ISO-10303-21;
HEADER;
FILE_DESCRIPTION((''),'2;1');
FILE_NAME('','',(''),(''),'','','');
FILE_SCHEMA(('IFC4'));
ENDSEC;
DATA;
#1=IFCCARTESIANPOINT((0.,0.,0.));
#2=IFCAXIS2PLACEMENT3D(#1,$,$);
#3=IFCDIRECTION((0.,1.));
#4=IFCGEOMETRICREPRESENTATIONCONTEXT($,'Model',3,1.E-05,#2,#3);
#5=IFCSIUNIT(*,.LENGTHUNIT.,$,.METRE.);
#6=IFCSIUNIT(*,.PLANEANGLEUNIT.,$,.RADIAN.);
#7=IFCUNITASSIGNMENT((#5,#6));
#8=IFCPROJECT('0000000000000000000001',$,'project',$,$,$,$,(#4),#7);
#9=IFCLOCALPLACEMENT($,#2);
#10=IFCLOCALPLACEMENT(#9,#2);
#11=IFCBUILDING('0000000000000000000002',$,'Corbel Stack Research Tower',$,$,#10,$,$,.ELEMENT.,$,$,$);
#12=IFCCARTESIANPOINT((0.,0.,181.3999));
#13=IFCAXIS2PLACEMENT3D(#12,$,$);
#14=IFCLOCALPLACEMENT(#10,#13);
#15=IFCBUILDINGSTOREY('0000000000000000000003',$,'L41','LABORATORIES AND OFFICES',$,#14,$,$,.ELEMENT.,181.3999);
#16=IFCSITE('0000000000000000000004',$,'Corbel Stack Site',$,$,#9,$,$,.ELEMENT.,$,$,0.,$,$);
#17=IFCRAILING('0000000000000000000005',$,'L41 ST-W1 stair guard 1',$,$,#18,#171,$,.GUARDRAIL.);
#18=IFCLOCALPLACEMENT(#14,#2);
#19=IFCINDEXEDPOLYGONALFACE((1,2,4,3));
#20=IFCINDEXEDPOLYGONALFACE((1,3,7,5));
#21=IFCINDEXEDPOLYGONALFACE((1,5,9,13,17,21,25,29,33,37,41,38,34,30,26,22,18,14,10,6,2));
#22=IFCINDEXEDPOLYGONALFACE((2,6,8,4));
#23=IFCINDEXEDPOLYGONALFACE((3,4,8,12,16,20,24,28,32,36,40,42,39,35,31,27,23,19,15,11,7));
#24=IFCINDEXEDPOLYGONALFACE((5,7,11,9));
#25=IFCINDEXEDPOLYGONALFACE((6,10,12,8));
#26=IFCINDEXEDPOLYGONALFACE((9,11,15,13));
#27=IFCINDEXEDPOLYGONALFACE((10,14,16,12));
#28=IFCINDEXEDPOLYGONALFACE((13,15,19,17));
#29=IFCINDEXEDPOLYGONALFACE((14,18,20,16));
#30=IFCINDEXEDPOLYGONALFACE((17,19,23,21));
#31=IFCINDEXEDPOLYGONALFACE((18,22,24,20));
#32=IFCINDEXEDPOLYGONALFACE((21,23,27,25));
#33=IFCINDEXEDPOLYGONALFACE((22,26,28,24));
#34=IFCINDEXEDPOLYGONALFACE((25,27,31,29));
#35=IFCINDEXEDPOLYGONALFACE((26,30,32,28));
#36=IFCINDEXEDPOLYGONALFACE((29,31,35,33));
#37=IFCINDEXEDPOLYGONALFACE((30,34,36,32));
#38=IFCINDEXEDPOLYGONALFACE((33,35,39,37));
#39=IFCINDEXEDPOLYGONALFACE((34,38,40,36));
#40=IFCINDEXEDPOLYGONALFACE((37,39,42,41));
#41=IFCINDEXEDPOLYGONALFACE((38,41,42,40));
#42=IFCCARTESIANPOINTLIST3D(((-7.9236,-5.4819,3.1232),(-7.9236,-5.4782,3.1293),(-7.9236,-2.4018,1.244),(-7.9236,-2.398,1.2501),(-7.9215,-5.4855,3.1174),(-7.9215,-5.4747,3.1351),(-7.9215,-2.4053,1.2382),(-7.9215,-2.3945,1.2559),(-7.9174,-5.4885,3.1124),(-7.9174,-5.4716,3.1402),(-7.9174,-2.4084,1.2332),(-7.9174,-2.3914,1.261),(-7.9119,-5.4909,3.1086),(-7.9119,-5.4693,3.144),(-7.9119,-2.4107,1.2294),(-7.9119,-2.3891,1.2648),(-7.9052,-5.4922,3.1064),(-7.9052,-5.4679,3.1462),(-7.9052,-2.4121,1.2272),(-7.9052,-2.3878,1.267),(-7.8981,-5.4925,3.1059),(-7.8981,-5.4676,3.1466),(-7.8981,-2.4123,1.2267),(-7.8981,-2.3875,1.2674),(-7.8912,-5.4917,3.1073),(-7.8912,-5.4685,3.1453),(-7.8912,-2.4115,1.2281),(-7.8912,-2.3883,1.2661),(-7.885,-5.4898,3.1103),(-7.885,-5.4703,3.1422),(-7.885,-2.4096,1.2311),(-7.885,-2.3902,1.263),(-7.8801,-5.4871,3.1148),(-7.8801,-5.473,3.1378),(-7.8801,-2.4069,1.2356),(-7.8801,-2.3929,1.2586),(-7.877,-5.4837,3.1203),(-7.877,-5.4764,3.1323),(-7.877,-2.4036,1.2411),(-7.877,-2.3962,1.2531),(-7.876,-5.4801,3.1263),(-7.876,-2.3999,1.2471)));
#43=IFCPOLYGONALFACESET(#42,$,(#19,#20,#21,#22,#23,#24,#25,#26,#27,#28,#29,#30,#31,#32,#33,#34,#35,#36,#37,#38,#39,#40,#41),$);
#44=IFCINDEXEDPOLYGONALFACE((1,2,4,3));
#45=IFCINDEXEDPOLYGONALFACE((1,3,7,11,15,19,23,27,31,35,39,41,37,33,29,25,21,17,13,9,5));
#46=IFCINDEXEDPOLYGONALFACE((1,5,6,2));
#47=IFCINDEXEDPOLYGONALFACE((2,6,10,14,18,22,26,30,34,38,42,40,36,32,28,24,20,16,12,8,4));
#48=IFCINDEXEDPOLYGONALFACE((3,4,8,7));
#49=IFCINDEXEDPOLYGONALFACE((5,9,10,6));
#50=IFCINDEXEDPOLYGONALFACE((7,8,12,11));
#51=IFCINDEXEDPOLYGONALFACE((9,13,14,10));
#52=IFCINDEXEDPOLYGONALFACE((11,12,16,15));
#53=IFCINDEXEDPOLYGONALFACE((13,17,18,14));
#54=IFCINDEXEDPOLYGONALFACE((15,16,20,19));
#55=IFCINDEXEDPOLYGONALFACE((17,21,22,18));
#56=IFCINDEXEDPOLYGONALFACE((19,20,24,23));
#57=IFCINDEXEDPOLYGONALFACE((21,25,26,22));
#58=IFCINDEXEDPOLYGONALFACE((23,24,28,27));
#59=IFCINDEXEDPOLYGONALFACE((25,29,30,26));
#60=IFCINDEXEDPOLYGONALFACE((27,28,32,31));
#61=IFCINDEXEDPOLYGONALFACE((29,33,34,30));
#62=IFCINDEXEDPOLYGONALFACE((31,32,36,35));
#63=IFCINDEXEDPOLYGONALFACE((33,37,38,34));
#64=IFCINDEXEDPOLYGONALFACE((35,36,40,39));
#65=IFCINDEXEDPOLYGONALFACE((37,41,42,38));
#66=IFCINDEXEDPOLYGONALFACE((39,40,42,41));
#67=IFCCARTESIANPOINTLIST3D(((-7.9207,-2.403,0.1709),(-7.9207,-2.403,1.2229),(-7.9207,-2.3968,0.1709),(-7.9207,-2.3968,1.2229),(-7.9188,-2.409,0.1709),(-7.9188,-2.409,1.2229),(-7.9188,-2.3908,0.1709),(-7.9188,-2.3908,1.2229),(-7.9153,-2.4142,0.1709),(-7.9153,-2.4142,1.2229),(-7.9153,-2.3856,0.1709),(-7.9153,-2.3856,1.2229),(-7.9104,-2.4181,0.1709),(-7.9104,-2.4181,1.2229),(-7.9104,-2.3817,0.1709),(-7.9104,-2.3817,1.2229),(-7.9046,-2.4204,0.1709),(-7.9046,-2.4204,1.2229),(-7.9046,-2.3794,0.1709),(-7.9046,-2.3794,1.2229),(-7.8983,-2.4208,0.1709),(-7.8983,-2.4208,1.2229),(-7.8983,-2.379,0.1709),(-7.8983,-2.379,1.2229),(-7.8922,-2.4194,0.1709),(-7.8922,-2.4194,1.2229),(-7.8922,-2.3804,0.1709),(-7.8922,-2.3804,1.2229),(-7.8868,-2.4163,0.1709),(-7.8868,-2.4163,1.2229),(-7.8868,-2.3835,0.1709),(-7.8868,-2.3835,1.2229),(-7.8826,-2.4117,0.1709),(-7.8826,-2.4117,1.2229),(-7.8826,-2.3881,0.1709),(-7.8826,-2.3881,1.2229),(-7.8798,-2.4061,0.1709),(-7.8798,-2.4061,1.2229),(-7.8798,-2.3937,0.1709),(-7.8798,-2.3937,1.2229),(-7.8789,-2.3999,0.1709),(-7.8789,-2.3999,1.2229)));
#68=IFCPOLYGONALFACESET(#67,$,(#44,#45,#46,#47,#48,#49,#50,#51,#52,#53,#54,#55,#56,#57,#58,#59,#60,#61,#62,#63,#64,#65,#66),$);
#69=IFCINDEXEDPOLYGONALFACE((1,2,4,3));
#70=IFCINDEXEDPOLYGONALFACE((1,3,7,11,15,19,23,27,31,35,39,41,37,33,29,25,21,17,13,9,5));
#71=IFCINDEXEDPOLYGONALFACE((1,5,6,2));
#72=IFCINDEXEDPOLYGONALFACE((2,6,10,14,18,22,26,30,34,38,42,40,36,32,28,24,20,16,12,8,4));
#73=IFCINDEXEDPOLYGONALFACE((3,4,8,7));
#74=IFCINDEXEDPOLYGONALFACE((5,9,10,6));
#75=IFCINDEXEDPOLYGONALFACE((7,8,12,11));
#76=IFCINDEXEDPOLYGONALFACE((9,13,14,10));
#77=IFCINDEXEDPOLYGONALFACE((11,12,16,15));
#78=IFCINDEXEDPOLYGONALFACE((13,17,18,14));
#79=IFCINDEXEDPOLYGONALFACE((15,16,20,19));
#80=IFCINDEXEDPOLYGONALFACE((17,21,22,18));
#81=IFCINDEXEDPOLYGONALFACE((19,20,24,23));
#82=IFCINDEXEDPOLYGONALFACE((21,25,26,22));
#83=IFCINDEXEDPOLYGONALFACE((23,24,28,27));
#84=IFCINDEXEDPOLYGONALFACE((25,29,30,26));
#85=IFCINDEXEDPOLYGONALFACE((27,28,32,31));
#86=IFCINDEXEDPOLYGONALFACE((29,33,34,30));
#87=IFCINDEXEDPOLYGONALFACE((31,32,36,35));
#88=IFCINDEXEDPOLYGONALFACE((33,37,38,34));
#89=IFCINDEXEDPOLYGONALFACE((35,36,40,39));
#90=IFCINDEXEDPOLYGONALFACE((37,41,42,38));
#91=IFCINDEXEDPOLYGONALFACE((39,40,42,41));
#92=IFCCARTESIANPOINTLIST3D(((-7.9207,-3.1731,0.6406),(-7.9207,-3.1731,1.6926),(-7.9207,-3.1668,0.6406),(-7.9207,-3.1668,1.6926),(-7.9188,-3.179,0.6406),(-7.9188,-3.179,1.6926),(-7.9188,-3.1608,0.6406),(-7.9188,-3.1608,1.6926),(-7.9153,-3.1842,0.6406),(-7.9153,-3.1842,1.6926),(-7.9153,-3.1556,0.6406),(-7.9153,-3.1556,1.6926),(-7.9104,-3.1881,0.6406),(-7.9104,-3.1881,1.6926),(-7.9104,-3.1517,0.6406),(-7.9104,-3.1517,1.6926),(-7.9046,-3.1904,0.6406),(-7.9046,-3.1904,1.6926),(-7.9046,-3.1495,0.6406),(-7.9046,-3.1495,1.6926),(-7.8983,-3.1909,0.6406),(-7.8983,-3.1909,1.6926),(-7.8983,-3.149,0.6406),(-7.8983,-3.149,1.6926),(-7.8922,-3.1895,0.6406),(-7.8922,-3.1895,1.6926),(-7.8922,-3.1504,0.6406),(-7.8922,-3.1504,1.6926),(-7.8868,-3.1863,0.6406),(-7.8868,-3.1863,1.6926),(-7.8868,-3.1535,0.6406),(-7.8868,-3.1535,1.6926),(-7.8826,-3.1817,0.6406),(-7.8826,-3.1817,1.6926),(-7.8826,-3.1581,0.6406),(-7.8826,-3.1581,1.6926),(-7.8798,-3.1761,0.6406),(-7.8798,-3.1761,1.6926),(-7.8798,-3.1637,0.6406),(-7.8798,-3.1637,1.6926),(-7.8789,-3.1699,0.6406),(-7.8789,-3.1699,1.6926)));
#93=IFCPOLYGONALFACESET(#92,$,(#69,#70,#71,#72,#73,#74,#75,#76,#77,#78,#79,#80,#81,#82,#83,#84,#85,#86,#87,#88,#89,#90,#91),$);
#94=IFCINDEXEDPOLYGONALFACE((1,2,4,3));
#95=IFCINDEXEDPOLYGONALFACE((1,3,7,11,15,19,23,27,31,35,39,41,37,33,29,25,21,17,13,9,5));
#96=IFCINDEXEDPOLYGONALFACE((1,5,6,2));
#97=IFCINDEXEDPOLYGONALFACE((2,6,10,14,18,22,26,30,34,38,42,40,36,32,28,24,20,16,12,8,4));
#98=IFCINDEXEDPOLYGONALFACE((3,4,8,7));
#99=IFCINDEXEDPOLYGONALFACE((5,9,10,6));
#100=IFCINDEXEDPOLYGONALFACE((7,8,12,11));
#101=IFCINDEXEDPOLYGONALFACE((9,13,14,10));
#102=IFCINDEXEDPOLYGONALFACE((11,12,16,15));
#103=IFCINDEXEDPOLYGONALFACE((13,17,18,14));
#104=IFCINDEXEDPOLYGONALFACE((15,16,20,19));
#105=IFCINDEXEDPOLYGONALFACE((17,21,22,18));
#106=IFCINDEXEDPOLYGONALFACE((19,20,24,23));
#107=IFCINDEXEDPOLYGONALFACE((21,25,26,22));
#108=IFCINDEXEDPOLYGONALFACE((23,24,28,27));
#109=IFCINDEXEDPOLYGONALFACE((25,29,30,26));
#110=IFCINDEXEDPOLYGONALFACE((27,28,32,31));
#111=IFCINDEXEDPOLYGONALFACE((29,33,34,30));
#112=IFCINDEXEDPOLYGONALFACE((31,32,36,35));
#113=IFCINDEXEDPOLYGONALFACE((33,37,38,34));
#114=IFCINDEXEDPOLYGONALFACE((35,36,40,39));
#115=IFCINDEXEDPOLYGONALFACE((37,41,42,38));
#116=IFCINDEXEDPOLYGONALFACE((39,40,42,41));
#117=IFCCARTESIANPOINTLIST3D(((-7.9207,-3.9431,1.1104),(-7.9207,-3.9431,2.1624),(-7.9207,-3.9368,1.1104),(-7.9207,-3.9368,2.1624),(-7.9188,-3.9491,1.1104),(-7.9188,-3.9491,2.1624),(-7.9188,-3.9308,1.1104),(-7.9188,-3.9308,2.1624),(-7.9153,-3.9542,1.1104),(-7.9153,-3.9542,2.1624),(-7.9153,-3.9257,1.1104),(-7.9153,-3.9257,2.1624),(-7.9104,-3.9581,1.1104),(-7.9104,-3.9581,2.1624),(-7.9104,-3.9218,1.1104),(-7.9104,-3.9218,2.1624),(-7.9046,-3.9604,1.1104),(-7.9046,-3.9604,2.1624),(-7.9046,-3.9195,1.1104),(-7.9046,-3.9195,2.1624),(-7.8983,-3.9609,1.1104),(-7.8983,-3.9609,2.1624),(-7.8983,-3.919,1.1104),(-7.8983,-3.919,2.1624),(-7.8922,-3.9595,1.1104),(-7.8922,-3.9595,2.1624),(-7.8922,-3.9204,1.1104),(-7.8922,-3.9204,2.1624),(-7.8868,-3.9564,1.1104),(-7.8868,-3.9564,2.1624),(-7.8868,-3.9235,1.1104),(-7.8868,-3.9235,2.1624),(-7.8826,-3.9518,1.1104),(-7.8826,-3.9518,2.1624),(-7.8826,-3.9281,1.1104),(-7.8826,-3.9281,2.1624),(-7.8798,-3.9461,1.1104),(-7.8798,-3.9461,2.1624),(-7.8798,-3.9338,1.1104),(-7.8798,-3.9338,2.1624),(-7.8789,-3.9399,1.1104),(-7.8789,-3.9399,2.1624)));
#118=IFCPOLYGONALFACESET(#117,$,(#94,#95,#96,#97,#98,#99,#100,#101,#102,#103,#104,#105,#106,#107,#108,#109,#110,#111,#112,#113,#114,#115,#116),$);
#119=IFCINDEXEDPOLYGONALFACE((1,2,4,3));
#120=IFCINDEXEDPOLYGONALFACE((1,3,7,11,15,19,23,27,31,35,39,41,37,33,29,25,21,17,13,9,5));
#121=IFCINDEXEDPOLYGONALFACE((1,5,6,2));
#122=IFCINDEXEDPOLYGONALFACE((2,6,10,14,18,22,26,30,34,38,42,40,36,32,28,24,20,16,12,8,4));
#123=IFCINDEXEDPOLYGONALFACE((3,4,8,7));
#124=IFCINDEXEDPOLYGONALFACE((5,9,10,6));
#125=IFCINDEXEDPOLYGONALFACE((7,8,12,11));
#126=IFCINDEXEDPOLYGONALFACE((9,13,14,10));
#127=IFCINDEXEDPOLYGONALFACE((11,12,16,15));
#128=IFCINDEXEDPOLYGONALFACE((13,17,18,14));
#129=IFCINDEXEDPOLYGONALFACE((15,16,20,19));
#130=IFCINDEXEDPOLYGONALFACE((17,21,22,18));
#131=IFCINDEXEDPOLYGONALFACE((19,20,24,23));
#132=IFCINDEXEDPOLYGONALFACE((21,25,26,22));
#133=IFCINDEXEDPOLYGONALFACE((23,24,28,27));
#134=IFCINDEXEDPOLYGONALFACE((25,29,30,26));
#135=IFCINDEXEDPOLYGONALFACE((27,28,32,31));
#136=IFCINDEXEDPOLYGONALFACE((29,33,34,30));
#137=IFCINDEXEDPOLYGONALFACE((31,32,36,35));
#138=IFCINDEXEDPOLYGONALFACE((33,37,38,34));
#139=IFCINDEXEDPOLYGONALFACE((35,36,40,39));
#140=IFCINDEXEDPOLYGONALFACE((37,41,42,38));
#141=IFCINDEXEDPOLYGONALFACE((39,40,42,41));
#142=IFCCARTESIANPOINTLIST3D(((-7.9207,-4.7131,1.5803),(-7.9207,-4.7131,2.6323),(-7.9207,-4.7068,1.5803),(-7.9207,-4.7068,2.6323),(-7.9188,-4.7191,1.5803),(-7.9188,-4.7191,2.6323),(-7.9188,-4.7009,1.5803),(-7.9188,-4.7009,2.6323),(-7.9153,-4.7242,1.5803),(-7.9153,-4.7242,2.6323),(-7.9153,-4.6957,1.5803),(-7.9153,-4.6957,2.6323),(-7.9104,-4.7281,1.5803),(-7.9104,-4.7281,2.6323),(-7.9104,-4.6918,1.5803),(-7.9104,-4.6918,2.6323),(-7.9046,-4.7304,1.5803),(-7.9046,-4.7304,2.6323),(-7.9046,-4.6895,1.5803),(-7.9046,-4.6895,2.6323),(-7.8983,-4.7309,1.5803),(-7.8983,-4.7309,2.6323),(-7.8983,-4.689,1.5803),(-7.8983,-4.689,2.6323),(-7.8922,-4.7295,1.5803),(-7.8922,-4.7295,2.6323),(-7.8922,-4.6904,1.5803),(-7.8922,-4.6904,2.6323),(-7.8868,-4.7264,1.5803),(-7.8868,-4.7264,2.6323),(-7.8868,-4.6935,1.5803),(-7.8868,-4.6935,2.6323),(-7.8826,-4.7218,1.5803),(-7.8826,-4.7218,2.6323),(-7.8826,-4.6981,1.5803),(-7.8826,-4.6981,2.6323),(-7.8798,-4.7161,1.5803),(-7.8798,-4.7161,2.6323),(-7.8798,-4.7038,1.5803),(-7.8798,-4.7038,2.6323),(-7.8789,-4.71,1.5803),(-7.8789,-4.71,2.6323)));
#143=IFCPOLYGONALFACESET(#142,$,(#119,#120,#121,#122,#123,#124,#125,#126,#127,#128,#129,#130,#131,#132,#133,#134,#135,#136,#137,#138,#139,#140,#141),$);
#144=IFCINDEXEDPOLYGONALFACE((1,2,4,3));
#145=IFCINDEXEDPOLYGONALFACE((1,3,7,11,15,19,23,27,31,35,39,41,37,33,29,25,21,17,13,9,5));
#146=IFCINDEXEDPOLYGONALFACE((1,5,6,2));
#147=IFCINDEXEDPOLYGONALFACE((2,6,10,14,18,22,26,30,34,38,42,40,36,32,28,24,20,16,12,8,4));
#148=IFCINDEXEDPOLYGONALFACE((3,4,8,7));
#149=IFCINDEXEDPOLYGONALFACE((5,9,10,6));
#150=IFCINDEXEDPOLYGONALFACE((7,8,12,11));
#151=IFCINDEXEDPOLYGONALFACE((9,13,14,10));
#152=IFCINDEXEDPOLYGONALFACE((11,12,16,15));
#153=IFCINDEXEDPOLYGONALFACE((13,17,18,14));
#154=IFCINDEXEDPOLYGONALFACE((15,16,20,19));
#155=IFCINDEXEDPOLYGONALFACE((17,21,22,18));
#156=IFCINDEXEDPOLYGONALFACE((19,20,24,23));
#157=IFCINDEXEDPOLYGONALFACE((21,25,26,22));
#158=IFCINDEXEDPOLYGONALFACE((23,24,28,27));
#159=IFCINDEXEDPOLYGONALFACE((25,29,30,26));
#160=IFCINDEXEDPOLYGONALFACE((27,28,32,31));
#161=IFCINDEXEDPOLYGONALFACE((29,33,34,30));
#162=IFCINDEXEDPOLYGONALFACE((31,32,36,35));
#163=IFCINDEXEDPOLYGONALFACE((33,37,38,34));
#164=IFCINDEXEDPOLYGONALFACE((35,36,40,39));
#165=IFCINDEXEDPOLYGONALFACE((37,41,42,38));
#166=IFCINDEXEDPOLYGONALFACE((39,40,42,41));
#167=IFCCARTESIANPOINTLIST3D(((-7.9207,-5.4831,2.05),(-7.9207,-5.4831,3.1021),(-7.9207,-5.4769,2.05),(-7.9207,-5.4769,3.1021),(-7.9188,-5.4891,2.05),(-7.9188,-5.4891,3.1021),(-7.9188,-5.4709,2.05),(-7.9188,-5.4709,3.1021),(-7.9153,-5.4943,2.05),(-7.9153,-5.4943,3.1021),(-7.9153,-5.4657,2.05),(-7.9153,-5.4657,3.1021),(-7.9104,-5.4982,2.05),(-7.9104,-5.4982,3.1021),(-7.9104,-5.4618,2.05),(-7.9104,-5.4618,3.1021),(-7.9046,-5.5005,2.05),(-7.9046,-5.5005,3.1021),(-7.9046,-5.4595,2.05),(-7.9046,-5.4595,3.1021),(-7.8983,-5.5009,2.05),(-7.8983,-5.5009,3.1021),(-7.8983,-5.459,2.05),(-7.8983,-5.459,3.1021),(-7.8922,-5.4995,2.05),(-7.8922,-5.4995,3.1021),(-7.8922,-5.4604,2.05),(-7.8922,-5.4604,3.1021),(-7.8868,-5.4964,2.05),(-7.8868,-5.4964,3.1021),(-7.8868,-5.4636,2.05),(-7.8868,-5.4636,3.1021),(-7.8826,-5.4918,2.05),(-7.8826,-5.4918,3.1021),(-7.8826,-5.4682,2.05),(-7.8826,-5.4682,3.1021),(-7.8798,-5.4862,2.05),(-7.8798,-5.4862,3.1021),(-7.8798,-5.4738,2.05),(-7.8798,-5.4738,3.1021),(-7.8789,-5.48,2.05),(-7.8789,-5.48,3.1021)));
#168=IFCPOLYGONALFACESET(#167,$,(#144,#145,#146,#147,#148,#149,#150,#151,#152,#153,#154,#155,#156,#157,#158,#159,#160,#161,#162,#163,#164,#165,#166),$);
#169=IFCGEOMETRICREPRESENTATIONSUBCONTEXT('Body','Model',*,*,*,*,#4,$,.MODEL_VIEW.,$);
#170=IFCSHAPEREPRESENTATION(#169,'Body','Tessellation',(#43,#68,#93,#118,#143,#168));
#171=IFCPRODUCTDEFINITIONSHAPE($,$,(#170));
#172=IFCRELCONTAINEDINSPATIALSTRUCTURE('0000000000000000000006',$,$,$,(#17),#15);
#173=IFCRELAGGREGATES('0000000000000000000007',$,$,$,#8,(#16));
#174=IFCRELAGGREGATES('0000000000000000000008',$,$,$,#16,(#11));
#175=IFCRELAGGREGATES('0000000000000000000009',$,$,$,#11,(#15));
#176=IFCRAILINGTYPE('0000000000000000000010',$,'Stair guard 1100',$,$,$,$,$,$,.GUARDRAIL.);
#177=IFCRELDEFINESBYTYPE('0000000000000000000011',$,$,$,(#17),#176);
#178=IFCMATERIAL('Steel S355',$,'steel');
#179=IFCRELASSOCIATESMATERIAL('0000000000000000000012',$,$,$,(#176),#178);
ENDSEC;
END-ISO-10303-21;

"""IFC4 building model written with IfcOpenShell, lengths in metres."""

from ifc_helpers import new_model, si_unit, direction, frame, origin, origin_2d, place, context, subcontext, project, spatial, circle, extrude, material, type_object, element, save


model = new_model("IFC4")

# Units and contexts
model_context = context("Model", 3, precision=1e-05, world=origin(), true_north=direction((0.0, 1.0)))
body_context = subcontext(model_context, "Body", "Model", "MODEL_VIEW")
ifc_project = project(units=[si_unit("LENGTHUNIT", "METRE"), si_unit("PLANEANGLEUNIT", "RADIAN")], contexts=[model_context])

# Site, building, storey
site_placement = place(None, origin())
site = spatial("IfcSite", under=ifc_project, at=site_placement, Name="Corbel Stack Site", CompositionType="ELEMENT", RefElevation=0.0)
building_placement = place(site_placement, origin())
building = spatial("IfcBuilding", under=site, at=building_placement, Name="Corbel Stack Research Tower", CompositionType="ELEMENT")
storey_placement = place(building_placement, frame((0.0, 0.0, 181.3999)))
storey = spatial("IfcBuildingStorey", under=building, at=storey_placement, Name="L41", Description="LABORATORIES AND OFFICES", CompositionType="ELEMENT", Elevation=181.3999)

# Railing
ifc_material_1 = material(Name="Steel S355", Category="steel")
railing_type_1 = type_object("IfcRailingType", Name="Stair guard 1100", PredefinedType="GUARDRAIL", material=ifc_material_1)
railing_1_placement = place(storey_placement, frame((-7.8999, -2.3999, 0.1709)))
element("IfcRailing", 1, at=railing_1_placement, inside=storey, type_object=railing_type_1, Name="L41 ST-W1 stair guard 1", PredefinedType="GUARDRAIL", context=body_context, shape_type="SweptSolid", body=[
    extrude(circle(Radius=0.0239, at=origin_2d()), frame((0.0, 0.0, 1.0762), z_axis=(0.0, -0.853666, 0.52082), x_axis=(1.0, 0.0, 0.0)), (0.0, 0.0, 1.0), 3.6082),
    extrude(circle(Radius=0.021, at=origin_2d()), origin(), (0.0, 0.0, 1.0), 1.052),
    extrude(circle(Radius=0.021, at=origin_2d()), frame((0.0, -0.77, 0.4697)), (0.0, 0.0, 1.0), 1.052),
    extrude(circle(Radius=0.021, at=origin_2d()), frame((0.0, -1.54, 0.9395)), (0.0, 0.0, 1.0), 1.052),
    extrude(circle(Radius=0.021, at=origin_2d()), frame((0.0, -2.3101, 1.4094)), (0.0, 0.0, 1.0), 1.052),
    extrude(circle(Radius=0.021, at=origin_2d()), frame((0.0, -3.0801, 1.8792)), (0.0, 0.0, 1.0), 1.052),
])

save(model, "model.ifc")
